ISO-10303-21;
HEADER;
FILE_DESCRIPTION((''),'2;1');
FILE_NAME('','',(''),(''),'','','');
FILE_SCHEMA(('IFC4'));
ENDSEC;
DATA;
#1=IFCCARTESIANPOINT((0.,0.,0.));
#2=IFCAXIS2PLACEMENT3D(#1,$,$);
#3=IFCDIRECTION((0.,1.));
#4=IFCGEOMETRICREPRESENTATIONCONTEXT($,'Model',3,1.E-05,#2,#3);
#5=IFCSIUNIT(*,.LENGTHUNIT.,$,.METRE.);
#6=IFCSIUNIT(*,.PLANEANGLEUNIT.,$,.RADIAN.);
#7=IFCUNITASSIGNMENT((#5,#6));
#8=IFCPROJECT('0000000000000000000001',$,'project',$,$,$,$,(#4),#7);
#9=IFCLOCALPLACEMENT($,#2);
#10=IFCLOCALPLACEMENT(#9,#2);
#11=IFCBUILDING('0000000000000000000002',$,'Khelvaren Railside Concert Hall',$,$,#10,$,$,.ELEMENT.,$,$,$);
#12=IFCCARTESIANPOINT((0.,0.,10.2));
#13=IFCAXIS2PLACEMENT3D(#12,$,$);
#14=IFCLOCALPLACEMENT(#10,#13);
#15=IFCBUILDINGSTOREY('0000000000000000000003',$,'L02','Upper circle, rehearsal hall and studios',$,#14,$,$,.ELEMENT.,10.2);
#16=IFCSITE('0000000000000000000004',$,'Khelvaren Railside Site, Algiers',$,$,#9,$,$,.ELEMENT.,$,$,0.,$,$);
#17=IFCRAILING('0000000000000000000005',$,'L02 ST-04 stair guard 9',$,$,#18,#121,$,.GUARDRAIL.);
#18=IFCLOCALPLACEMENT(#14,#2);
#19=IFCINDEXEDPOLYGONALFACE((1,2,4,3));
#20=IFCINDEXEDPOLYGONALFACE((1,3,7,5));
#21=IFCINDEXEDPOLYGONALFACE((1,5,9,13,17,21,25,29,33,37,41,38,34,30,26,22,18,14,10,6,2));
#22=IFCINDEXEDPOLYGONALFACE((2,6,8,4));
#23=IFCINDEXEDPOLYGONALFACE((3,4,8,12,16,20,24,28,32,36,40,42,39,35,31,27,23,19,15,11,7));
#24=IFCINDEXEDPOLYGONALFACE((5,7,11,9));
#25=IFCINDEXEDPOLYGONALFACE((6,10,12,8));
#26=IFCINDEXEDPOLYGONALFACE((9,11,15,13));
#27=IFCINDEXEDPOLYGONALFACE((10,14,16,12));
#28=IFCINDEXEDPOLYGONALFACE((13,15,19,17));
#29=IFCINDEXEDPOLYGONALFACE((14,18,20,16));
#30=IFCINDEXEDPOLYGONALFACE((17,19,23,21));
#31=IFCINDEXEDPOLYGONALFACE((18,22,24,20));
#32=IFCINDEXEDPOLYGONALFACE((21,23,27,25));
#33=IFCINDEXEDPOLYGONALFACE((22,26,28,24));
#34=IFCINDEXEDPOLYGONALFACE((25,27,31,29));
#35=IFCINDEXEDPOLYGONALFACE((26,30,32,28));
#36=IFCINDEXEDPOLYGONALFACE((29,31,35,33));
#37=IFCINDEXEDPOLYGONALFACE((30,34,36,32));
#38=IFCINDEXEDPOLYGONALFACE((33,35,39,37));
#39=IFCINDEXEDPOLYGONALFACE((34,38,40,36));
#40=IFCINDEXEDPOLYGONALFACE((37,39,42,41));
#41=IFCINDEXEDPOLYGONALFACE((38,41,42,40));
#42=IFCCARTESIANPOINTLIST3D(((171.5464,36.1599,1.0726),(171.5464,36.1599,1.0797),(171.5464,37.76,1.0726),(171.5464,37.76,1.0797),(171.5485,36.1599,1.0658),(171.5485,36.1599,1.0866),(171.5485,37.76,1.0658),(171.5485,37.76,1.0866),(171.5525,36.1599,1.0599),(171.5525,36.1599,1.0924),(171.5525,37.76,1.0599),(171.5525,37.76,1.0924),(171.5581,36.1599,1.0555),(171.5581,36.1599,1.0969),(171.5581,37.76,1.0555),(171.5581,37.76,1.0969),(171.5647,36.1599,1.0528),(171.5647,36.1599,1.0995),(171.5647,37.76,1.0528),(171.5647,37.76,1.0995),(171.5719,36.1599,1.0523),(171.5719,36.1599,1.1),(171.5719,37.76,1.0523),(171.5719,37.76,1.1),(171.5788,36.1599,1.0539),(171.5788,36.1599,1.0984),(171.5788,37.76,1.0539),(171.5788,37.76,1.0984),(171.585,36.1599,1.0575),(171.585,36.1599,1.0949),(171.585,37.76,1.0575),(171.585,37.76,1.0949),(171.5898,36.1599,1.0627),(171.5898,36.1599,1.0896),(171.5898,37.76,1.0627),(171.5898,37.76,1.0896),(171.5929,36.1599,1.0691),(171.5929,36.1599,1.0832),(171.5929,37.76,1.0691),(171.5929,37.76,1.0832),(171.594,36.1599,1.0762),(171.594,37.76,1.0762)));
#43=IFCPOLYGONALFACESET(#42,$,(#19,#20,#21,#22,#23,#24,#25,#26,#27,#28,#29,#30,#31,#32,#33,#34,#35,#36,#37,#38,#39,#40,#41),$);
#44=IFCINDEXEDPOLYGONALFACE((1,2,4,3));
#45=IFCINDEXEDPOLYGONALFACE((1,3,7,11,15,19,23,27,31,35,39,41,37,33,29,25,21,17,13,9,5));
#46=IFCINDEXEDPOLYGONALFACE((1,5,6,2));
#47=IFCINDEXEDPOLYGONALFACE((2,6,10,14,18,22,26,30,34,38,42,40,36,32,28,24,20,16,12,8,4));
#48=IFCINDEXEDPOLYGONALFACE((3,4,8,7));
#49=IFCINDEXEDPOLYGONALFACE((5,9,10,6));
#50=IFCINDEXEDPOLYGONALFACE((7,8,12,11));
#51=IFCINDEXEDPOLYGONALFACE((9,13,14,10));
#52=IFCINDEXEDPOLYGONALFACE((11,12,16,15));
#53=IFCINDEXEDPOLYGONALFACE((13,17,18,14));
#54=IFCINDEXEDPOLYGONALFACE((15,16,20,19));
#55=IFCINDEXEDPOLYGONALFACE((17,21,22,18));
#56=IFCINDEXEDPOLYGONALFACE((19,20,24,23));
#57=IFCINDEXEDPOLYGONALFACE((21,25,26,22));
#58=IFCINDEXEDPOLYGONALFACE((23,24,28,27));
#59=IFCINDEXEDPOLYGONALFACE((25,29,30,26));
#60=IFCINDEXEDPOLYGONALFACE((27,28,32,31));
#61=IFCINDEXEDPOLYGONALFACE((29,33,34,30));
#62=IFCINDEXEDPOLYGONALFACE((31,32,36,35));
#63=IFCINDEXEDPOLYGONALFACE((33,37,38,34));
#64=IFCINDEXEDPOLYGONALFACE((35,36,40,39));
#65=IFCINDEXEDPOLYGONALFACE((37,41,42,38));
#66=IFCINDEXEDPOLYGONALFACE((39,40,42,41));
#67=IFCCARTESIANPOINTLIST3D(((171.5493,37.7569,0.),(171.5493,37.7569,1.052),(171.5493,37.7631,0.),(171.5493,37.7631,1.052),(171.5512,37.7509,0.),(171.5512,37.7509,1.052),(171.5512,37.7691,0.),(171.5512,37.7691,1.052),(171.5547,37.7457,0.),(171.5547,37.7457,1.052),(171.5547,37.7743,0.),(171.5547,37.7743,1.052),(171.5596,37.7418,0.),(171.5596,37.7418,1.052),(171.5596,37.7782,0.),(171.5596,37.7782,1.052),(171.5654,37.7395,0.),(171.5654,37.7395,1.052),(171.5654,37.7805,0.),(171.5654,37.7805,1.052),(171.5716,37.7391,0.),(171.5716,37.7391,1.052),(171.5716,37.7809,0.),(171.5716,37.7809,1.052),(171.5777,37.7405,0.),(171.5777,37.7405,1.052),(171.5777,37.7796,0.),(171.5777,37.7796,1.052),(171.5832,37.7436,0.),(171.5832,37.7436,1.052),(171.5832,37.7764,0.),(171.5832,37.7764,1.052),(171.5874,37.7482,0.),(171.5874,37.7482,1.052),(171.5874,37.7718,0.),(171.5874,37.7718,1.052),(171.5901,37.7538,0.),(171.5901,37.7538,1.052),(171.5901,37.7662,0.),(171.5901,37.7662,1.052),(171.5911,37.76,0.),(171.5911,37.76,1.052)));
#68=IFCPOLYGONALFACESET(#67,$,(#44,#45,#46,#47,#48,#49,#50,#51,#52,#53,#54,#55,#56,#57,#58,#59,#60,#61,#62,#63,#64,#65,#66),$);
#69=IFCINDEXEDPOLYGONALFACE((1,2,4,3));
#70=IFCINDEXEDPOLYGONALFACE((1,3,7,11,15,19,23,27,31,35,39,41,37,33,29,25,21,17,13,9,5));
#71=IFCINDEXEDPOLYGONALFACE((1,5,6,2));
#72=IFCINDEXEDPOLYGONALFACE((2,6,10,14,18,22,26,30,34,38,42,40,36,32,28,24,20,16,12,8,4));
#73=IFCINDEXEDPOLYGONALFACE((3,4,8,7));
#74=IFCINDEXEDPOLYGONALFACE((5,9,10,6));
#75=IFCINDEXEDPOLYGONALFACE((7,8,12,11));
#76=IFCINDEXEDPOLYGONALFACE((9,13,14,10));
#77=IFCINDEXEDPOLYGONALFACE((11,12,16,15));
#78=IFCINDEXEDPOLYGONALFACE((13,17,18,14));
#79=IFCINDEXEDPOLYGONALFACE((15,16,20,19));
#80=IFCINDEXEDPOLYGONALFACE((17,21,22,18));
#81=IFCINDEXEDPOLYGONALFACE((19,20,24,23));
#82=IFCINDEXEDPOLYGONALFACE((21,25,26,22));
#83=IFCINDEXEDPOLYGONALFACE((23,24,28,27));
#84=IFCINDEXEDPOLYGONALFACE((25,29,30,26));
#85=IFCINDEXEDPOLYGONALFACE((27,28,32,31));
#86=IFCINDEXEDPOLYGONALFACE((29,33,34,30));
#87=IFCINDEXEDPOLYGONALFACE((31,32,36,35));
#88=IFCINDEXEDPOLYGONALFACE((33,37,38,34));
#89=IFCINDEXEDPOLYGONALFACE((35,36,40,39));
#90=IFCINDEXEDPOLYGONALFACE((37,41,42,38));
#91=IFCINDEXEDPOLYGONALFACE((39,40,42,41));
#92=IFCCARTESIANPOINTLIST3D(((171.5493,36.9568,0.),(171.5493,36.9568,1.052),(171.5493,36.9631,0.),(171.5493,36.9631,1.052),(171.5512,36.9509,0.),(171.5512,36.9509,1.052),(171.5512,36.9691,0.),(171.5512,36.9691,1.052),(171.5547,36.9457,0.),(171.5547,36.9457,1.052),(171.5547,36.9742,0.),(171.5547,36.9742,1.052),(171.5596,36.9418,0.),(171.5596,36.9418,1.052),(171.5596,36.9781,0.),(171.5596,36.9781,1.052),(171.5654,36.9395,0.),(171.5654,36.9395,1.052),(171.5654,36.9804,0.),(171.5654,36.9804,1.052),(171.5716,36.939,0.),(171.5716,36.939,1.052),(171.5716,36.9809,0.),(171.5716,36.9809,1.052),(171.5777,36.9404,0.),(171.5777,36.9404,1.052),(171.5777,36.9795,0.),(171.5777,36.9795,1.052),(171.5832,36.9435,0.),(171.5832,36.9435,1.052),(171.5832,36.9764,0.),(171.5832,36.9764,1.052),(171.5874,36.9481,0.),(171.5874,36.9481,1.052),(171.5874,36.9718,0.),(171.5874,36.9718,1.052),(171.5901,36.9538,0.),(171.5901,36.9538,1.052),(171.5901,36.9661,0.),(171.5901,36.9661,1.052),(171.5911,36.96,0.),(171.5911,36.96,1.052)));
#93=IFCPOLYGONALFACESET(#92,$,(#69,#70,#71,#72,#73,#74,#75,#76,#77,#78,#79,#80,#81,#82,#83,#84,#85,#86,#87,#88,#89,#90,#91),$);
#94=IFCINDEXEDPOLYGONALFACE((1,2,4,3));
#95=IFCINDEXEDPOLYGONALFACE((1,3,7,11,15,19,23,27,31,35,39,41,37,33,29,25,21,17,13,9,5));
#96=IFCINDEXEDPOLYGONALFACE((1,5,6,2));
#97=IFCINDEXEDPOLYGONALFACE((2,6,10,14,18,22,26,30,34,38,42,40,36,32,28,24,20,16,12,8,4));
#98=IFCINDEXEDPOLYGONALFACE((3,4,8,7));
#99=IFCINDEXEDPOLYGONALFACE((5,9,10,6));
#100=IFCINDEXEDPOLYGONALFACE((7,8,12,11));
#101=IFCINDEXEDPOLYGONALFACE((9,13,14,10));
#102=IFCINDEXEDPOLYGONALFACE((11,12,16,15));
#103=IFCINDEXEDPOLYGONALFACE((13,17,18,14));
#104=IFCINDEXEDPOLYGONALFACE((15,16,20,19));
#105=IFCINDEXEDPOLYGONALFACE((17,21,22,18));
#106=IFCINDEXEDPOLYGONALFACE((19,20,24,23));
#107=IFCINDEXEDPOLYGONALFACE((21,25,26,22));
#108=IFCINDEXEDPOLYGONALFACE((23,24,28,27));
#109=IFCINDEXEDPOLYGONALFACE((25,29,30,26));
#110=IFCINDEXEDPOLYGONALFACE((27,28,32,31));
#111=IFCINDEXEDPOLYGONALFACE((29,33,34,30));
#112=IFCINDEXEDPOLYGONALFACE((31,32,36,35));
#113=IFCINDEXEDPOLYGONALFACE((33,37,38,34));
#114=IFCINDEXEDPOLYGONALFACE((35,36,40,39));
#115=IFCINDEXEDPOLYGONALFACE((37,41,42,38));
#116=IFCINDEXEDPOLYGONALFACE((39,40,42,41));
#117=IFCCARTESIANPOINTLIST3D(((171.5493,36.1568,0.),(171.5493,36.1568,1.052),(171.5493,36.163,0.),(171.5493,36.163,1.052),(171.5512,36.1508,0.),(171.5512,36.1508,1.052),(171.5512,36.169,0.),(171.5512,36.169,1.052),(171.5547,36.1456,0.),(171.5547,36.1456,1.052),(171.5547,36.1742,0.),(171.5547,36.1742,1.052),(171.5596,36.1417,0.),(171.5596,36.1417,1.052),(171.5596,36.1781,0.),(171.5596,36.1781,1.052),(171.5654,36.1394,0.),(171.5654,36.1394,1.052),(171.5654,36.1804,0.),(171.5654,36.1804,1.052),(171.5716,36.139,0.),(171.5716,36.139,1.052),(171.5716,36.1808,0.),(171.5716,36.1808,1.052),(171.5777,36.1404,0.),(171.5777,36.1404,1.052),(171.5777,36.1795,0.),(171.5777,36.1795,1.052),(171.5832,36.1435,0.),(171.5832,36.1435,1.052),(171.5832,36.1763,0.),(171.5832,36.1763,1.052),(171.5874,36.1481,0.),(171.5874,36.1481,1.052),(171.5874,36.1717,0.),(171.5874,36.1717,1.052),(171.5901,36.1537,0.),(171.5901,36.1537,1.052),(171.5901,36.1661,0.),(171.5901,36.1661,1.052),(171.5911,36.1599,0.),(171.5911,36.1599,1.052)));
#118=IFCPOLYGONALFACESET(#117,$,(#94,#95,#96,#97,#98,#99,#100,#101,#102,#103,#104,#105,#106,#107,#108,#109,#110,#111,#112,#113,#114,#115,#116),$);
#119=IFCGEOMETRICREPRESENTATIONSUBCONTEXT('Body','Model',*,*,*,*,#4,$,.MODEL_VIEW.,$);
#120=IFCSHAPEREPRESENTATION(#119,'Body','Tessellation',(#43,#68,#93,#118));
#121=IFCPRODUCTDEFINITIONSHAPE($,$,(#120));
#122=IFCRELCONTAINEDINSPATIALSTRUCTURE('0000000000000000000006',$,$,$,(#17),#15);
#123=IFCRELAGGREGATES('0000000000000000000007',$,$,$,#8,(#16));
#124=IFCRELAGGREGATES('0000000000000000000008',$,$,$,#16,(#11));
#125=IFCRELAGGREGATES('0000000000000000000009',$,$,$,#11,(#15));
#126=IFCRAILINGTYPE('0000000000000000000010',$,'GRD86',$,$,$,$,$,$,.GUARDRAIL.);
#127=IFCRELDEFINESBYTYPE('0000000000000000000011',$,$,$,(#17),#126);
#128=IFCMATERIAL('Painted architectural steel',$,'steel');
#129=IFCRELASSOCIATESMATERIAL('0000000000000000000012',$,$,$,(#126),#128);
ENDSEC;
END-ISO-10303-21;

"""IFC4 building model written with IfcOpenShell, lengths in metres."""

from ifc_helpers import new_model, si_unit, direction, frame, origin, origin_2d, place, context, subcontext, project, spatial, circle, extrude, material, type_object, element, save


model = new_model("IFC4")

# Units and contexts
model_context = context("Model", 3, precision=1e-05, world=origin(), true_north=direction((0.0, 1.0)))
body_context = subcontext(model_context, "Body", "Model", "MODEL_VIEW")
ifc_project = project(units=[si_unit("LENGTHUNIT", "METRE"), si_unit("PLANEANGLEUNIT", "RADIAN")], contexts=[model_context])

# Site, building, storey
site_placement = place(None, origin())
site = spatial("IfcSite", under=ifc_project, at=site_placement, Name="Khelvaren Railside Site, Algiers", CompositionType="ELEMENT", RefElevation=0.0)
building_placement = place(site_placement, origin())
building = spatial("IfcBuilding", under=site, at=building_placement, Name="Khelvaren Railside Concert Hall", CompositionType="ELEMENT")
storey_placement = place(building_placement, frame((0.0, 0.0, 10.2)))
storey = spatial("IfcBuildingStorey", under=building, at=storey_placement, Name="L02", Description="Upper circle, rehearsal hall and studios", CompositionType="ELEMENT", Elevation=10.2)

# Railing
ifc_material_1 = material(Name="Painted architectural steel", Category="steel")
railing_type_1 = type_object("IfcRailingType", Name="GRD86", PredefinedType="GUARDRAIL", material=ifc_material_1)
for number, where, name in (
    (1, (171.5701, 37.76, 0.0), "L02 ST-04 stair guard 9"),
):
    element("IfcRailing", number, at=place(storey_placement, frame(where)), inside=storey, type_object=railing_type_1, Name=name, PredefinedType="GUARDRAIL", context=body_context, shape_type="SweptSolid", body=[
        extrude(circle(Radius=0.0239, at=origin_2d()), frame((0.0, 0.0, 1.0762), z_axis=(0.0, -1.0, 0.0), x_axis=(1.0, 0.0, 0.0)), (0.0, 0.0, 1.0), 1.6001),
        extrude(circle(Radius=0.021, at=origin_2d()), origin(), (0.0, 0.0, 1.0), 1.052),
        extrude(circle(Radius=0.021, at=origin_2d()), frame((0.0, -0.8, 0.0)), (0.0, 0.0, 1.0), 1.052),
        extrude(circle(Radius=0.021, at=origin_2d()), frame((0.0, -1.6001, 0.0)), (0.0, 0.0, 1.0), 1.052),
    ])

save(model, "model.ifc")
